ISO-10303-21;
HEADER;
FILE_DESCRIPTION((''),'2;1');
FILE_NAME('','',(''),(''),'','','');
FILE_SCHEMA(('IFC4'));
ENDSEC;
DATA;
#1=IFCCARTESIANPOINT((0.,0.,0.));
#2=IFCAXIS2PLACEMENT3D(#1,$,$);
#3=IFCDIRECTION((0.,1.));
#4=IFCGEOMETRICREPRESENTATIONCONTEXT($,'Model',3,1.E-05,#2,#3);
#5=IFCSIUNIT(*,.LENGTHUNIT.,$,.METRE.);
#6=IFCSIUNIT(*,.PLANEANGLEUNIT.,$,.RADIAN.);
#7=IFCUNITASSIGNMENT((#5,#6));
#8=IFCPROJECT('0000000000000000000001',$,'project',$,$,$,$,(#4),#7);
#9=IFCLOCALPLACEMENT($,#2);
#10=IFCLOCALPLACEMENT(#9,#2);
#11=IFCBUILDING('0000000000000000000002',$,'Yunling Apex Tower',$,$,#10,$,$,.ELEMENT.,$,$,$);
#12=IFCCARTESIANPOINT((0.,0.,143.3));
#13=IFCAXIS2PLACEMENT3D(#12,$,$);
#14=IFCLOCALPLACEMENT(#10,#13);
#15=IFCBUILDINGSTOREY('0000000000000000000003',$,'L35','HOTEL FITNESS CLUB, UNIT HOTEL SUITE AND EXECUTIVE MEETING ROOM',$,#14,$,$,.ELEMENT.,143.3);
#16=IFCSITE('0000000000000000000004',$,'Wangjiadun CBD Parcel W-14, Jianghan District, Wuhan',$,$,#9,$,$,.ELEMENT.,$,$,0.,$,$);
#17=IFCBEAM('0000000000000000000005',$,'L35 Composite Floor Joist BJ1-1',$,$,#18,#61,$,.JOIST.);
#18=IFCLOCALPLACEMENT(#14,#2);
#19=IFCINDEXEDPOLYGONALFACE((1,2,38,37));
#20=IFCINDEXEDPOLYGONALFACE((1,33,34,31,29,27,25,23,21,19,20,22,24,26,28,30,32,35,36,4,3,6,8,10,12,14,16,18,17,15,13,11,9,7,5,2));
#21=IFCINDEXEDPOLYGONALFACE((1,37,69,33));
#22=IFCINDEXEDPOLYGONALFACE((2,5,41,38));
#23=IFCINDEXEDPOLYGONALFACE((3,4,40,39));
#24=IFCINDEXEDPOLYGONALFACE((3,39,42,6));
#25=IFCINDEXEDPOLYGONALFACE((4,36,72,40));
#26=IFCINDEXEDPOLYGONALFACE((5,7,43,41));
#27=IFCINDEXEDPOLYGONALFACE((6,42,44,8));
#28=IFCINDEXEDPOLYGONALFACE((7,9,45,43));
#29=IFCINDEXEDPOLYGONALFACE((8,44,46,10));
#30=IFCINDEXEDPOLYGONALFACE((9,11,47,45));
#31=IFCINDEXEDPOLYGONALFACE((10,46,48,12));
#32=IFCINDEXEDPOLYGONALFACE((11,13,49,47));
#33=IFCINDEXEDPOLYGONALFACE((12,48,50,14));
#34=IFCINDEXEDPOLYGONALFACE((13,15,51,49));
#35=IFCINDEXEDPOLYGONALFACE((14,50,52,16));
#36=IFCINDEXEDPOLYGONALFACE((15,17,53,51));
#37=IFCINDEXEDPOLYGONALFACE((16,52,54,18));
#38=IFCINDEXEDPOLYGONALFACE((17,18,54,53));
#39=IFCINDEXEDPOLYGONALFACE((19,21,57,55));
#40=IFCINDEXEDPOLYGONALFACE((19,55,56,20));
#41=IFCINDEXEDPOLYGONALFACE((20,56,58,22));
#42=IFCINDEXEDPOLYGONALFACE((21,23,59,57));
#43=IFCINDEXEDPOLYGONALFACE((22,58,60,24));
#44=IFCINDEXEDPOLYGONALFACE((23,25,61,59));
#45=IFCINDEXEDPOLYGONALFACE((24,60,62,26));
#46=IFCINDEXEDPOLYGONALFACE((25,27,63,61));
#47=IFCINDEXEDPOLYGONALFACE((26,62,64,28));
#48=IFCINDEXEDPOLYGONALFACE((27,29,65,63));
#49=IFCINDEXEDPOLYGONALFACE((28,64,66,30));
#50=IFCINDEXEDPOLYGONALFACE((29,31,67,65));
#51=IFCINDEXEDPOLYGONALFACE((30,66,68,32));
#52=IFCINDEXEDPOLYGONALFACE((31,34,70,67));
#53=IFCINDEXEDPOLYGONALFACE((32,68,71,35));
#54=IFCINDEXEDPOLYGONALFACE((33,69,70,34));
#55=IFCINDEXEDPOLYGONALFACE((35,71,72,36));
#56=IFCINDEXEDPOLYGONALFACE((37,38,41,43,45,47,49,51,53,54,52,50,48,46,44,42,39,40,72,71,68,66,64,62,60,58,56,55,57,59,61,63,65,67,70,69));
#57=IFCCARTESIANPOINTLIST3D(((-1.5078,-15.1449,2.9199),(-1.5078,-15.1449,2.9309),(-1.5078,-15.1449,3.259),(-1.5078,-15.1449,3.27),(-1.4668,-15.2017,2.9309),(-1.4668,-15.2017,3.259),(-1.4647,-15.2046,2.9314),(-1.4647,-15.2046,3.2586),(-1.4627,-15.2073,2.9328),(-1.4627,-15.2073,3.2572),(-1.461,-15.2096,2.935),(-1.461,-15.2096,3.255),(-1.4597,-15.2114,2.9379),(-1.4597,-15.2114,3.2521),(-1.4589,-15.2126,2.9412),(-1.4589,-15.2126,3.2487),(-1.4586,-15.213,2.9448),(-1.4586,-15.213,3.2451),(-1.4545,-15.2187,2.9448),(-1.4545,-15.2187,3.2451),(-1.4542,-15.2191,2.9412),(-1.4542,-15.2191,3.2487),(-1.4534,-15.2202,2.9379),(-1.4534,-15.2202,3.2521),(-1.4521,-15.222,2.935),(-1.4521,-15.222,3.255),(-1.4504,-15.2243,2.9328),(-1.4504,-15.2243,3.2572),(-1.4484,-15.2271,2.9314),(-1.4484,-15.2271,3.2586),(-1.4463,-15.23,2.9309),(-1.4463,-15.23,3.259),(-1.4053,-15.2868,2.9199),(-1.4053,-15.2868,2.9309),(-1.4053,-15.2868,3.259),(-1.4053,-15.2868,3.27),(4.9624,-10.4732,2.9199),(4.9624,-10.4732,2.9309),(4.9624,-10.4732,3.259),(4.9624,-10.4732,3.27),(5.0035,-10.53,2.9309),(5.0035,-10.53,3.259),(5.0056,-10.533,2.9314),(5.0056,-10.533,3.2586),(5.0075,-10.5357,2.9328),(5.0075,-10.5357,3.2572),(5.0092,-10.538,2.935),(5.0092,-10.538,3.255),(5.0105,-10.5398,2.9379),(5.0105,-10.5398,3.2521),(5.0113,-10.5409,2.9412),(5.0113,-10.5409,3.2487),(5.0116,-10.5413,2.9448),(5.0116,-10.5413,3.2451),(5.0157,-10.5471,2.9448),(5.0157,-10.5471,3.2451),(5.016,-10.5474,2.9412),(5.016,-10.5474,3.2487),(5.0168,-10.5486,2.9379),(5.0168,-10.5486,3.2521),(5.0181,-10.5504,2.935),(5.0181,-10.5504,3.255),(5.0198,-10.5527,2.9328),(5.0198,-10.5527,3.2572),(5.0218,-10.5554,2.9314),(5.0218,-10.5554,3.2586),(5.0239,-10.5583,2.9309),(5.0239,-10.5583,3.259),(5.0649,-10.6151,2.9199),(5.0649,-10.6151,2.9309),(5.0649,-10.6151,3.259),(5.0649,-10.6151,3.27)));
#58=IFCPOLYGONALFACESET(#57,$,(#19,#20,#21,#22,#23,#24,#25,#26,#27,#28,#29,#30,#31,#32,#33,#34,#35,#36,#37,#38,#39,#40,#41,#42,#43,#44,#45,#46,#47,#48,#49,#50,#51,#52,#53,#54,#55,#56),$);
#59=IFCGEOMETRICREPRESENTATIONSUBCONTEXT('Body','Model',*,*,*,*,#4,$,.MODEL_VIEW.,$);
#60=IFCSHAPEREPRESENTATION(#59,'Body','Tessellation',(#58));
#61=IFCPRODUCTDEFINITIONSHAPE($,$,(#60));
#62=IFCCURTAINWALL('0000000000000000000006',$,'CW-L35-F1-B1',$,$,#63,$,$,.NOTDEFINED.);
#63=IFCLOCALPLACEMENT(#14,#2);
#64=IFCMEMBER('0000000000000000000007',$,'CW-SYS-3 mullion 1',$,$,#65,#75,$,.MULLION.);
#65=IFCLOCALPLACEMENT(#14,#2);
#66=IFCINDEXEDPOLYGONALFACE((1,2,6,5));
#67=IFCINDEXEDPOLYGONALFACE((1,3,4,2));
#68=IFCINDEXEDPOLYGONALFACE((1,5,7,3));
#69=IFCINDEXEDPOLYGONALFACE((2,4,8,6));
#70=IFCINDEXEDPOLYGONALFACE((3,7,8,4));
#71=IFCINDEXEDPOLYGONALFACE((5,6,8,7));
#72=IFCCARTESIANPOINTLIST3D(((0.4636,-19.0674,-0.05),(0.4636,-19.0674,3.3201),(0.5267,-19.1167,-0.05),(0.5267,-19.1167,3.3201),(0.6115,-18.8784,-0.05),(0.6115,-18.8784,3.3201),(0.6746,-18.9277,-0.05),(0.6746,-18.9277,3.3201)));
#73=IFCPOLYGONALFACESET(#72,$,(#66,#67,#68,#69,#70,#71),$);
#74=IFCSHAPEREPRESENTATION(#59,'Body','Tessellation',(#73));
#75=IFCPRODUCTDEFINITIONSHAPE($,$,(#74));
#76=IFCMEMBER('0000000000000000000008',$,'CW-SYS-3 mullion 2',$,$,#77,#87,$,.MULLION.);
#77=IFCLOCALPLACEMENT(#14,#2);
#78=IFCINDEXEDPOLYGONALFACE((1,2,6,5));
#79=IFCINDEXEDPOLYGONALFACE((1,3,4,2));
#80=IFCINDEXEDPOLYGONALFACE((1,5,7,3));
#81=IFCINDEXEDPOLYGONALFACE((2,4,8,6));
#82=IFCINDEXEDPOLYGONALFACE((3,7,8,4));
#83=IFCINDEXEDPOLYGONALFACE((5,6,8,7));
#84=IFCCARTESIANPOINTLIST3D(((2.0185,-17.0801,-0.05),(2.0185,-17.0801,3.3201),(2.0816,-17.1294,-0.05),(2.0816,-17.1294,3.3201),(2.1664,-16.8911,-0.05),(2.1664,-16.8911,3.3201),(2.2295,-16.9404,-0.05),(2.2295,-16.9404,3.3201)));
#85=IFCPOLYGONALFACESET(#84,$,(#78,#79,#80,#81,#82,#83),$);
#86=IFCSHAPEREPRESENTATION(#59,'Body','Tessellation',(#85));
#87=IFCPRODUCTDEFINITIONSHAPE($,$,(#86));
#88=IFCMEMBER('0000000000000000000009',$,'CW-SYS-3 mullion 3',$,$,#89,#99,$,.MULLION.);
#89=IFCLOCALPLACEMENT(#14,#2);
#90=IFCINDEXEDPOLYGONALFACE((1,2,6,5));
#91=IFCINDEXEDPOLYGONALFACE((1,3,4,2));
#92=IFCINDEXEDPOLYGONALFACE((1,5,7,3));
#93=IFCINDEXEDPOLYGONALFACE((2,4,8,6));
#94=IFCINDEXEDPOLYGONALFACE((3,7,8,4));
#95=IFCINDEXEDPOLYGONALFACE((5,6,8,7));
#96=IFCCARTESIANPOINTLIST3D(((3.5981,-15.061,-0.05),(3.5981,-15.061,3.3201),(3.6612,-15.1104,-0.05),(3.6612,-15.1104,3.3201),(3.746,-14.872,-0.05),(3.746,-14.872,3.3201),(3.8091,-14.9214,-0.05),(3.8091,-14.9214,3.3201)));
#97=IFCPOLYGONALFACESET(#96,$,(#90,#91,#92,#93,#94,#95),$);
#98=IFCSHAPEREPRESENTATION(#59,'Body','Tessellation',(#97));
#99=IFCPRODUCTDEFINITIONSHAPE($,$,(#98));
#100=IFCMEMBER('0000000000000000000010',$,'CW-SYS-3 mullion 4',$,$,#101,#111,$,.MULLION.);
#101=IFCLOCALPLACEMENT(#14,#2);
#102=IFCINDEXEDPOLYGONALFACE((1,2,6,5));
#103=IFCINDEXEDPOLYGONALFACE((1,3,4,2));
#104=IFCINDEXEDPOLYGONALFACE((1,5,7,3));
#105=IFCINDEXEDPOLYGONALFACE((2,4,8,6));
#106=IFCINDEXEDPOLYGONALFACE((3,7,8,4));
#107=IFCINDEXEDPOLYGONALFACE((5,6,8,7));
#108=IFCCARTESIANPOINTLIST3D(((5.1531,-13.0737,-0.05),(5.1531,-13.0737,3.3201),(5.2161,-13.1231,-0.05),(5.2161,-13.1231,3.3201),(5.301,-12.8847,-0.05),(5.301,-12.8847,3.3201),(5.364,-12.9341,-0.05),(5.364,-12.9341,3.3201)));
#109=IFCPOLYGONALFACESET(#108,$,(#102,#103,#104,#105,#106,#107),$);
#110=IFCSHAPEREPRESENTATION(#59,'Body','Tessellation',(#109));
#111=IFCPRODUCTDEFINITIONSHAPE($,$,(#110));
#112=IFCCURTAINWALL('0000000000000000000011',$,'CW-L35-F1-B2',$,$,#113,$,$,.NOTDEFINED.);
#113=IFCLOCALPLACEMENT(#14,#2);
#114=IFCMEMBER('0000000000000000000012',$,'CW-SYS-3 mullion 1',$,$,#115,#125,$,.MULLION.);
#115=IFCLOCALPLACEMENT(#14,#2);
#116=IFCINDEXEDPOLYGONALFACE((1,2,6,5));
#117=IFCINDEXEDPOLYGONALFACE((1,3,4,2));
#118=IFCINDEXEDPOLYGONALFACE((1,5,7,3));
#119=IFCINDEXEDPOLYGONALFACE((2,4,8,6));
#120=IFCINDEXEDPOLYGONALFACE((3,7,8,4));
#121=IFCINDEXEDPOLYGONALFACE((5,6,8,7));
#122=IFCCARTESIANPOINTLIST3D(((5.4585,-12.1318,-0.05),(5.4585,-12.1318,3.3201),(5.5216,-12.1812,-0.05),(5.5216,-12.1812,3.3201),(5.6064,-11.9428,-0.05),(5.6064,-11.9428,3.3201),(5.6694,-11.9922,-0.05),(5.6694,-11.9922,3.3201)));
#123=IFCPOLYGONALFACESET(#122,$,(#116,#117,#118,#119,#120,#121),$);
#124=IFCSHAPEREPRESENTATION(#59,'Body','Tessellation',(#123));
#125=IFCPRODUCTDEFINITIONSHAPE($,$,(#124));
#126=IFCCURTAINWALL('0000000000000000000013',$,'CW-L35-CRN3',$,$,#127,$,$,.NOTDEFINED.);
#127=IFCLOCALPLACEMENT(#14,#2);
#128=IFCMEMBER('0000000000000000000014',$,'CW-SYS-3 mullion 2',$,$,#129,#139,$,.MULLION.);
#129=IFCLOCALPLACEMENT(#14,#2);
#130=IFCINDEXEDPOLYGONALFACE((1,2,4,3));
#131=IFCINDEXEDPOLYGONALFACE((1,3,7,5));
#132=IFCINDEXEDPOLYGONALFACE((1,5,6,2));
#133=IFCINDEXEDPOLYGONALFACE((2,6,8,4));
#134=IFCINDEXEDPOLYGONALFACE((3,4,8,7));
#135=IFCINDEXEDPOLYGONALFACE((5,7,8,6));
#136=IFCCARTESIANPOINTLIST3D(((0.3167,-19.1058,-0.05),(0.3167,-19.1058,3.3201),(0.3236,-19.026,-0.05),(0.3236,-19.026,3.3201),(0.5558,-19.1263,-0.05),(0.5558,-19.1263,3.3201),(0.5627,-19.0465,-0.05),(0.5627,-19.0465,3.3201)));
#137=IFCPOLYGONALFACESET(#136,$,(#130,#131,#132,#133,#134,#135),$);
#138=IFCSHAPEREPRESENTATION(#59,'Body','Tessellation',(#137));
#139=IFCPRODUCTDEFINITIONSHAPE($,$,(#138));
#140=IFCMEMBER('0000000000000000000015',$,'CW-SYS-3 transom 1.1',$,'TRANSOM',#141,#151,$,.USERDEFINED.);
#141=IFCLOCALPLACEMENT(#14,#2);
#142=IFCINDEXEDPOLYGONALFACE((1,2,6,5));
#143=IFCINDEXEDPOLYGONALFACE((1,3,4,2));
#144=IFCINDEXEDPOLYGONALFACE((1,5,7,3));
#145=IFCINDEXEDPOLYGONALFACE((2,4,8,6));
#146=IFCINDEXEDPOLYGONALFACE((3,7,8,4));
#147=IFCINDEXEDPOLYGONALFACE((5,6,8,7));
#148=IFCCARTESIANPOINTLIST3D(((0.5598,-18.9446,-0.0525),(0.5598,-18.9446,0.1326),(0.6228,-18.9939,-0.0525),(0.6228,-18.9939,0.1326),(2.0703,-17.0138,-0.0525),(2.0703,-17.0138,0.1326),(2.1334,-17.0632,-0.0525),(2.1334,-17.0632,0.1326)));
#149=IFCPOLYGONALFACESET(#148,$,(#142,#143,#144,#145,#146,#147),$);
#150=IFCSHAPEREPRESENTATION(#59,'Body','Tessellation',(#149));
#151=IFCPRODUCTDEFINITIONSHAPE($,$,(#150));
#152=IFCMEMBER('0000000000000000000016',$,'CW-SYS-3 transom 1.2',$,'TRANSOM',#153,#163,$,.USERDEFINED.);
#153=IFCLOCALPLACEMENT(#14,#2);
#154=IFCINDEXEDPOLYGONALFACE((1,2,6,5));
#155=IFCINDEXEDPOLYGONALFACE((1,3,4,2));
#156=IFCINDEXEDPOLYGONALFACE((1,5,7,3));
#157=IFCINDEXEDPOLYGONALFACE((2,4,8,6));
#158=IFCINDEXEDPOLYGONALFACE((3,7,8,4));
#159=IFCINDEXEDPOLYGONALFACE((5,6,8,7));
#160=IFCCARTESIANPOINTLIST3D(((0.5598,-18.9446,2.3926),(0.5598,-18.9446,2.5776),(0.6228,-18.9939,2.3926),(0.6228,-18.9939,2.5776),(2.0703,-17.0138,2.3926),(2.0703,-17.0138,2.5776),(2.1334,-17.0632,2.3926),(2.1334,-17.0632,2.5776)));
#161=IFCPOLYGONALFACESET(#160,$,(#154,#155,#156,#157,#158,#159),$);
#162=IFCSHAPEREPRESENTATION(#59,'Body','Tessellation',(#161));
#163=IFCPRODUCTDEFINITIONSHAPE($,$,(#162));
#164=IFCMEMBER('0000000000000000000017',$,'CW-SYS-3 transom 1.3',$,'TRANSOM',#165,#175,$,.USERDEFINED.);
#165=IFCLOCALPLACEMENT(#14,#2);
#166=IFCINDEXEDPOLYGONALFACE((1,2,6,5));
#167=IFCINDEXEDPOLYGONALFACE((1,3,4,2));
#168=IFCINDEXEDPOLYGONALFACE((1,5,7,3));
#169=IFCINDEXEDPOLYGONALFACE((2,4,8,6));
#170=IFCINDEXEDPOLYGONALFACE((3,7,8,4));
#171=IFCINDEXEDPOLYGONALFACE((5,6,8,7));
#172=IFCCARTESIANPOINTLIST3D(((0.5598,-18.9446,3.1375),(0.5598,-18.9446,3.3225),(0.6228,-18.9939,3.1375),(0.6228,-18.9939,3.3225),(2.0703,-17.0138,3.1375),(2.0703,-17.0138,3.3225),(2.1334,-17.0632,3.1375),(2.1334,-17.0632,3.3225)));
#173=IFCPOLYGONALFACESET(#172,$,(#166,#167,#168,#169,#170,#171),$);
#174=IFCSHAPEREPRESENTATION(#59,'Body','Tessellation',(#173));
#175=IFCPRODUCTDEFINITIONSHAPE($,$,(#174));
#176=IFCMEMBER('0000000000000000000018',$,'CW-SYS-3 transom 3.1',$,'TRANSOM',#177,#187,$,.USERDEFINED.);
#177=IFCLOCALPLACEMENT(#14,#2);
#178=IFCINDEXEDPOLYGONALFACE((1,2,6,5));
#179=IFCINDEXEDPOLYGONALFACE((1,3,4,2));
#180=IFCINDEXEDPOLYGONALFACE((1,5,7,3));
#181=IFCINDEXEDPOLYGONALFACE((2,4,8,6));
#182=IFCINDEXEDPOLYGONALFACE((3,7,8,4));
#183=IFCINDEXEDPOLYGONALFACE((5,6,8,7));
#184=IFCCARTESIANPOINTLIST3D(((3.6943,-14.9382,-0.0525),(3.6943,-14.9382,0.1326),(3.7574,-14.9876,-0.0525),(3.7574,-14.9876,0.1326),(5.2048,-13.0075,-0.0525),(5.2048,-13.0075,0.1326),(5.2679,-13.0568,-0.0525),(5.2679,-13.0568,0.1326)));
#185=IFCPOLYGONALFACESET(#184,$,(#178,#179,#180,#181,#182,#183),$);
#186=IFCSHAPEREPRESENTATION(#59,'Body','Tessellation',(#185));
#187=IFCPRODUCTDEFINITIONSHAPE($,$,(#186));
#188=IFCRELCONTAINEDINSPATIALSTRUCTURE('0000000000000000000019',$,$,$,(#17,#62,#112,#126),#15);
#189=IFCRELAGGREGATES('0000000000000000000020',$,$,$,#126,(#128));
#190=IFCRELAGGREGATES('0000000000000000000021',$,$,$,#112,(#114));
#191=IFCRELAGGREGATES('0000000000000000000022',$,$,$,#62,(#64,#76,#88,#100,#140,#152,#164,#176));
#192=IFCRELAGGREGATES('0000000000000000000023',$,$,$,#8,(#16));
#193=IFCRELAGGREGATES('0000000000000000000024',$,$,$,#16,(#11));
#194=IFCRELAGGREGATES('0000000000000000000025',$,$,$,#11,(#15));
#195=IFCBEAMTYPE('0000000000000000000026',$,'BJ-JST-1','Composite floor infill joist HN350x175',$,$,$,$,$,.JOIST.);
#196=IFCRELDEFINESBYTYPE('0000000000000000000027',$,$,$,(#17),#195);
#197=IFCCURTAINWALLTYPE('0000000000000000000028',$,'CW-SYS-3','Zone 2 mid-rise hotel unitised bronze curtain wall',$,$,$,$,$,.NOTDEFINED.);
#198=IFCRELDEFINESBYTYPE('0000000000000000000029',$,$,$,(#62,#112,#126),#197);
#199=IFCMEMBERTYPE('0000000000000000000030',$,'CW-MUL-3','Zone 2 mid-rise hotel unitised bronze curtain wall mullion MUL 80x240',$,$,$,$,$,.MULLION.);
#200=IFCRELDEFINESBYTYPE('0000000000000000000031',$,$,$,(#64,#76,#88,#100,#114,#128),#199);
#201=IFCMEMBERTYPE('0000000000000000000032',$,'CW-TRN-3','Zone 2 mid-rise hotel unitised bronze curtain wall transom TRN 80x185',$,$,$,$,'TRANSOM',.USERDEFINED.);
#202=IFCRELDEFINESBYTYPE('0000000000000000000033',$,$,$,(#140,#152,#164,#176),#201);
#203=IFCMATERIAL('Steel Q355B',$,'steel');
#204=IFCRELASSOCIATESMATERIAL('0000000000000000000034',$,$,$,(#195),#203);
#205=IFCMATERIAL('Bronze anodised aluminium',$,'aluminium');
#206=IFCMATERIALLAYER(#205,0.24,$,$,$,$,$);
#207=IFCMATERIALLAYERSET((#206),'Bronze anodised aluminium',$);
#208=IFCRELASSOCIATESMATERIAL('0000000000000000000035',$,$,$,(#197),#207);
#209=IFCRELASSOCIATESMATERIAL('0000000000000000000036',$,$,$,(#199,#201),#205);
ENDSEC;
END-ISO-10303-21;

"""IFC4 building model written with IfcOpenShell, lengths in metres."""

from ifc_helpers import new_model, si_unit, direction, frame, origin, origin_2d, place, context, subcontext, project, spatial, rectangle, i_section, extrude, source, transform, mapped, material, layer, layer_set, material_profile, profile_set, type_object, element, aggregate, save


model = new_model("IFC4")

# Units and contexts
model_context = context("Model", 3, precision=1e-05, world=origin(), true_north=direction((0.0, 1.0)))
body_context = subcontext(model_context, "Body", "Model", "MODEL_VIEW")
ifc_project = project(units=[si_unit("LENGTHUNIT", "METRE"), si_unit("PLANEANGLEUNIT", "RADIAN")], contexts=[model_context])

# Site, building, storey
site_placement = place(None, origin())
site = spatial("IfcSite", under=ifc_project, at=site_placement, Name="Wangjiadun CBD Parcel W-14, Jianghan District, Wuhan", CompositionType="ELEMENT", RefElevation=0.0)
building_placement = place(site_placement, origin())
building = spatial("IfcBuilding", under=site, at=building_placement, Name="Yunling Apex Tower", CompositionType="ELEMENT")
storey_placement = place(building_placement, frame((0.0, 0.0, 143.3)))
storey = spatial("IfcBuildingStorey", under=building, at=storey_placement, Name="L35", Description="HOTEL FITNESS CLUB, UNIT HOTEL SUITE AND EXECUTIVE MEETING ROOM", CompositionType="ELEMENT", Elevation=143.3)

# Beam
ifc_material_1 = material(Name="Steel Q355B", Category="steel")
ifc_material_profile_1 = material_profile(ifc_material_1, i_section(OverallWidth=0.175, OverallDepth=0.3501, WebThickness=0.0071, FlangeThickness=0.011, FilletRadius=0.0139, at=origin_2d()))
ifc_profile_set_1 = profile_set([ifc_material_profile_1], Name="Steel Q355B")
beam_type_1 = type_object("IfcBeamType", Name="BJ-JST-1", Description="Composite floor infill joist HN350x175", PredefinedType="JOIST", material=ifc_profile_set_1)
shared_shape_1 = source(origin(), body_context, "Body", "SweptSolid", [
    extrude(i_section(OverallWidth=0.175, OverallDepth=0.3501, WebThickness=0.0071, FlangeThickness=0.011, FilletRadius=0.0139, at=origin_2d()), origin(), (0.0, 0.0, 1.0), 7.9805),
])
beam_1_placement = place(storey_placement, frame((-1.4565, -15.2158, 3.095), z_axis=(0.810757, 0.585383, 0.0), x_axis=(-0.585383, 0.810757, 0.0)))
element("IfcBeam", 1, at=beam_1_placement, inside=storey, type_object=beam_type_1, Name="L35 Composite Floor Joist BJ1-1", PredefinedType="JOIST", context=body_context, shape_type="MappedRepresentation", body=[
    mapped(shared_shape_1, transform((0.0, 0.0, 0.0), scale=1.0)),
])

# Curtain wall, members
ifc_material_2 = material(Name="Bronze anodised aluminium", Category="aluminium")
ifc_layer_1 = layer(ifc_material_2, 0.24)
ifc_layer_set_1 = layer_set([ifc_layer_1], Name="Bronze anodised aluminium")
curtain_wall_type = type_object("IfcCurtainWallType", Name="CW-SYS-3", Description="Zone 2 mid-rise hotel unitised bronze curtain wall", PredefinedType="NOTDEFINED", material=ifc_layer_set_1)
curtain_wall_1_placement = place(storey_placement, origin())
curtain_wall_1 = element("IfcCurtainWall", 2, at=curtain_wall_1_placement, inside=storey, type_object=curtain_wall_type, Name="CW-L35-F1-B1", PredefinedType="NOTDEFINED")
ifc_material_profile_2 = material_profile(ifc_material_2, rectangle(XDim=0.0801, YDim=0.24, at=origin_2d()))
ifc_profile_set_2 = profile_set([ifc_material_profile_2], Name="Bronze anodised aluminium")
member_type_1 = type_object("IfcMemberType", Name="CW-MUL-3", Description="Zone 2 mid-rise hotel unitised bronze curtain wall mullion MUL 80x240", PredefinedType="MULLION", material=ifc_profile_set_2)
shared_shape_2 = source(origin(), body_context, "Body", "SweptSolid", [
    extrude(rectangle(XDim=0.0801, YDim=0.24, at=origin_2d()), origin(), (0.0, 0.0, 1.0), 3.3701),
])
member_1_placement = place(storey_placement, frame((0.5691, -18.9976, -0.05), z_axis=(0.0, 0.0, 1.0), x_axis=(-0.787584, 0.616208, 0.0)))
member_1 = element("IfcMember", 3, at=member_1_placement, type_object=member_type_1, Name="CW-SYS-3 mullion 1", PredefinedType="MULLION", context=body_context, shape_type="MappedRepresentation", body=[
    mapped(shared_shape_2, transform((0.0, 0.0, 0.0), scale=1.0)),
])
member_2_placement = place(storey_placement, frame((2.124, -17.0103, -0.05), z_axis=(0.0, 0.0, 1.0), x_axis=(-0.787584, 0.616208, 0.0)))
member_2 = element("IfcMember", 4, at=member_2_placement, type_object=member_type_1, Name="CW-SYS-3 mullion 2", PredefinedType="MULLION", context=body_context, shape_type="MappedRepresentation", body=[
    mapped(shared_shape_2, transform((0.0, 0.0, 0.0), scale=1.0)),
])
member_3_placement = place(storey_placement, frame((3.7036, -14.9912, -0.05), z_axis=(0.0, 0.0, 1.0), x_axis=(-0.787584, 0.616208, 0.0)))
member_3 = element("IfcMember", 5, at=member_3_placement, type_object=member_type_1, Name="CW-SYS-3 mullion 3", PredefinedType="MULLION", context=body_context, shape_type="MappedRepresentation", body=[
    mapped(shared_shape_2, transform((0.0, 0.0, 0.0), scale=1.0)),
])
member_4_placement = place(storey_placement, frame((5.2585, -13.0039, -0.05), z_axis=(0.0, 0.0, 1.0), x_axis=(-0.787584, 0.616208, 0.0)))
member_4 = element("IfcMember", 6, at=member_4_placement, type_object=member_type_1, Name="CW-SYS-3 mullion 4", PredefinedType="MULLION", context=body_context, shape_type="MappedRepresentation", body=[
    mapped(shared_shape_2, transform((0.0, 0.0, 0.0), scale=1.0)),
])

# Curtain walls, members
curtain_wall_2_placement = place(storey_placement, origin())
curtain_wall_2 = element("IfcCurtainWall", 7, at=curtain_wall_2_placement, inside=storey, type_object=curtain_wall_type, Name="CW-L35-F1-B2", PredefinedType="NOTDEFINED")
member_5_placement = place(storey_placement, frame((5.564, -12.062, -0.05), z_axis=(0.0, 0.0, 1.0), x_axis=(-0.78759, 0.616199, 0.0)))
member_5 = element("IfcMember", 8, at=member_5_placement, type_object=member_type_1, Name="CW-SYS-3 mullion 1", PredefinedType="MULLION", context=body_context, shape_type="MappedRepresentation", body=[
    mapped(shared_shape_2, transform((0.0, 0.0, 0.0), scale=1.0)),
])
curtain_wall_3_placement = place(storey_placement, origin())
curtain_wall_3 = element("IfcCurtainWall", 9, at=curtain_wall_3_placement, inside=storey, type_object=curtain_wall_type, Name="CW-L35-CRN3", PredefinedType="NOTDEFINED")
member_6_placement = place(storey_placement, frame((0.4397, -19.0762, -0.05), z_axis=(0.0, 0.0, 1.0), x_axis=(0.08555, 0.996334, 0.0)))
member_6 = element("IfcMember", 10, at=member_6_placement, type_object=member_type_1, Name="CW-SYS-3 mullion 2", PredefinedType="MULLION", context=body_context, shape_type="MappedRepresentation", body=[
    mapped(shared_shape_2, transform((0.0, 0.0, 0.0), scale=1.0)),
])
aggregate(curtain_wall_3, [member_6])

# Members
ifc_material_profile_3 = material_profile(ifc_material_2, rectangle(XDim=0.0801, YDim=0.1851, at=origin_2d()))
ifc_profile_set_3 = profile_set([ifc_material_profile_3], Name="Bronze anodised aluminium")
member_type_2 = type_object("IfcMemberType", Name="CW-TRN-3", Description="Zone 2 mid-rise hotel unitised bronze curtain wall transom TRN 80x185", ElementType="TRANSOM", PredefinedType="USERDEFINED", material=ifc_profile_set_3)
shared_shape_3 = source(origin(), body_context, "Body", "SweptSolid", [
    extrude(rectangle(XDim=0.0801, YDim=0.1851, at=origin_2d()), origin(), (0.0, 0.0, 1.0), 2.4514),
])
member_7_placement = place(storey_placement, frame((0.5913, -18.9692, 0.04), z_axis=(0.616193, 0.787595, 0.0), x_axis=(-0.787595, 0.616193, 0.0)))
member_7 = element("IfcMember", 11, at=member_7_placement, type_object=member_type_2, Name="CW-SYS-3 transom 1.1", ObjectType="TRANSOM", PredefinedType="USERDEFINED", context=body_context, shape_type="MappedRepresentation", body=[
    mapped(shared_shape_3, transform((0.0, 0.0, 0.0), scale=1.0)),
])
member_8_placement = place(storey_placement, frame((0.5913, -18.9692, 2.4851), z_axis=(0.616193, 0.787595, 0.0), x_axis=(-0.787595, 0.616193, 0.0)))
member_8 = element("IfcMember", 12, at=member_8_placement, type_object=member_type_2, Name="CW-SYS-3 transom 1.2", ObjectType="TRANSOM", PredefinedType="USERDEFINED", context=body_context, shape_type="MappedRepresentation", body=[
    mapped(shared_shape_3, transform((0.0, 0.0, 0.0), scale=1.0)),
])
member_9_placement = place(storey_placement, frame((0.5913, -18.9692, 3.23), z_axis=(0.616193, 0.787595, 0.0), x_axis=(-0.787595, 0.616193, 0.0)))
member_9 = element("IfcMember", 13, at=member_9_placement, type_object=member_type_2, Name="CW-SYS-3 transom 1.3", ObjectType="TRANSOM", PredefinedType="USERDEFINED", context=body_context, shape_type="MappedRepresentation", body=[
    mapped(shared_shape_3, transform((0.0, 0.0, 0.0), scale=1.0)),
])
member_10_placement = place(storey_placement, frame((3.7258, -14.9629, 0.04), z_axis=(0.616193, 0.787595, 0.0), x_axis=(-0.787595, 0.616193, 0.0)))
member_10 = element("IfcMember", 14, at=member_10_placement, type_object=member_type_2, Name="CW-SYS-3 transom 3.1", ObjectType="TRANSOM", PredefinedType="USERDEFINED", context=body_context, shape_type="MappedRepresentation", body=[
    mapped(shared_shape_3, transform((0.0, 0.0, 0.0), scale=1.0)),
])
aggregate(curtain_wall_2, [member_5])

aggregate(curtain_wall_1, [member_1, member_2, member_3, member_4, member_7, member_8, member_9, member_10])

save(model, "model.ifc")
